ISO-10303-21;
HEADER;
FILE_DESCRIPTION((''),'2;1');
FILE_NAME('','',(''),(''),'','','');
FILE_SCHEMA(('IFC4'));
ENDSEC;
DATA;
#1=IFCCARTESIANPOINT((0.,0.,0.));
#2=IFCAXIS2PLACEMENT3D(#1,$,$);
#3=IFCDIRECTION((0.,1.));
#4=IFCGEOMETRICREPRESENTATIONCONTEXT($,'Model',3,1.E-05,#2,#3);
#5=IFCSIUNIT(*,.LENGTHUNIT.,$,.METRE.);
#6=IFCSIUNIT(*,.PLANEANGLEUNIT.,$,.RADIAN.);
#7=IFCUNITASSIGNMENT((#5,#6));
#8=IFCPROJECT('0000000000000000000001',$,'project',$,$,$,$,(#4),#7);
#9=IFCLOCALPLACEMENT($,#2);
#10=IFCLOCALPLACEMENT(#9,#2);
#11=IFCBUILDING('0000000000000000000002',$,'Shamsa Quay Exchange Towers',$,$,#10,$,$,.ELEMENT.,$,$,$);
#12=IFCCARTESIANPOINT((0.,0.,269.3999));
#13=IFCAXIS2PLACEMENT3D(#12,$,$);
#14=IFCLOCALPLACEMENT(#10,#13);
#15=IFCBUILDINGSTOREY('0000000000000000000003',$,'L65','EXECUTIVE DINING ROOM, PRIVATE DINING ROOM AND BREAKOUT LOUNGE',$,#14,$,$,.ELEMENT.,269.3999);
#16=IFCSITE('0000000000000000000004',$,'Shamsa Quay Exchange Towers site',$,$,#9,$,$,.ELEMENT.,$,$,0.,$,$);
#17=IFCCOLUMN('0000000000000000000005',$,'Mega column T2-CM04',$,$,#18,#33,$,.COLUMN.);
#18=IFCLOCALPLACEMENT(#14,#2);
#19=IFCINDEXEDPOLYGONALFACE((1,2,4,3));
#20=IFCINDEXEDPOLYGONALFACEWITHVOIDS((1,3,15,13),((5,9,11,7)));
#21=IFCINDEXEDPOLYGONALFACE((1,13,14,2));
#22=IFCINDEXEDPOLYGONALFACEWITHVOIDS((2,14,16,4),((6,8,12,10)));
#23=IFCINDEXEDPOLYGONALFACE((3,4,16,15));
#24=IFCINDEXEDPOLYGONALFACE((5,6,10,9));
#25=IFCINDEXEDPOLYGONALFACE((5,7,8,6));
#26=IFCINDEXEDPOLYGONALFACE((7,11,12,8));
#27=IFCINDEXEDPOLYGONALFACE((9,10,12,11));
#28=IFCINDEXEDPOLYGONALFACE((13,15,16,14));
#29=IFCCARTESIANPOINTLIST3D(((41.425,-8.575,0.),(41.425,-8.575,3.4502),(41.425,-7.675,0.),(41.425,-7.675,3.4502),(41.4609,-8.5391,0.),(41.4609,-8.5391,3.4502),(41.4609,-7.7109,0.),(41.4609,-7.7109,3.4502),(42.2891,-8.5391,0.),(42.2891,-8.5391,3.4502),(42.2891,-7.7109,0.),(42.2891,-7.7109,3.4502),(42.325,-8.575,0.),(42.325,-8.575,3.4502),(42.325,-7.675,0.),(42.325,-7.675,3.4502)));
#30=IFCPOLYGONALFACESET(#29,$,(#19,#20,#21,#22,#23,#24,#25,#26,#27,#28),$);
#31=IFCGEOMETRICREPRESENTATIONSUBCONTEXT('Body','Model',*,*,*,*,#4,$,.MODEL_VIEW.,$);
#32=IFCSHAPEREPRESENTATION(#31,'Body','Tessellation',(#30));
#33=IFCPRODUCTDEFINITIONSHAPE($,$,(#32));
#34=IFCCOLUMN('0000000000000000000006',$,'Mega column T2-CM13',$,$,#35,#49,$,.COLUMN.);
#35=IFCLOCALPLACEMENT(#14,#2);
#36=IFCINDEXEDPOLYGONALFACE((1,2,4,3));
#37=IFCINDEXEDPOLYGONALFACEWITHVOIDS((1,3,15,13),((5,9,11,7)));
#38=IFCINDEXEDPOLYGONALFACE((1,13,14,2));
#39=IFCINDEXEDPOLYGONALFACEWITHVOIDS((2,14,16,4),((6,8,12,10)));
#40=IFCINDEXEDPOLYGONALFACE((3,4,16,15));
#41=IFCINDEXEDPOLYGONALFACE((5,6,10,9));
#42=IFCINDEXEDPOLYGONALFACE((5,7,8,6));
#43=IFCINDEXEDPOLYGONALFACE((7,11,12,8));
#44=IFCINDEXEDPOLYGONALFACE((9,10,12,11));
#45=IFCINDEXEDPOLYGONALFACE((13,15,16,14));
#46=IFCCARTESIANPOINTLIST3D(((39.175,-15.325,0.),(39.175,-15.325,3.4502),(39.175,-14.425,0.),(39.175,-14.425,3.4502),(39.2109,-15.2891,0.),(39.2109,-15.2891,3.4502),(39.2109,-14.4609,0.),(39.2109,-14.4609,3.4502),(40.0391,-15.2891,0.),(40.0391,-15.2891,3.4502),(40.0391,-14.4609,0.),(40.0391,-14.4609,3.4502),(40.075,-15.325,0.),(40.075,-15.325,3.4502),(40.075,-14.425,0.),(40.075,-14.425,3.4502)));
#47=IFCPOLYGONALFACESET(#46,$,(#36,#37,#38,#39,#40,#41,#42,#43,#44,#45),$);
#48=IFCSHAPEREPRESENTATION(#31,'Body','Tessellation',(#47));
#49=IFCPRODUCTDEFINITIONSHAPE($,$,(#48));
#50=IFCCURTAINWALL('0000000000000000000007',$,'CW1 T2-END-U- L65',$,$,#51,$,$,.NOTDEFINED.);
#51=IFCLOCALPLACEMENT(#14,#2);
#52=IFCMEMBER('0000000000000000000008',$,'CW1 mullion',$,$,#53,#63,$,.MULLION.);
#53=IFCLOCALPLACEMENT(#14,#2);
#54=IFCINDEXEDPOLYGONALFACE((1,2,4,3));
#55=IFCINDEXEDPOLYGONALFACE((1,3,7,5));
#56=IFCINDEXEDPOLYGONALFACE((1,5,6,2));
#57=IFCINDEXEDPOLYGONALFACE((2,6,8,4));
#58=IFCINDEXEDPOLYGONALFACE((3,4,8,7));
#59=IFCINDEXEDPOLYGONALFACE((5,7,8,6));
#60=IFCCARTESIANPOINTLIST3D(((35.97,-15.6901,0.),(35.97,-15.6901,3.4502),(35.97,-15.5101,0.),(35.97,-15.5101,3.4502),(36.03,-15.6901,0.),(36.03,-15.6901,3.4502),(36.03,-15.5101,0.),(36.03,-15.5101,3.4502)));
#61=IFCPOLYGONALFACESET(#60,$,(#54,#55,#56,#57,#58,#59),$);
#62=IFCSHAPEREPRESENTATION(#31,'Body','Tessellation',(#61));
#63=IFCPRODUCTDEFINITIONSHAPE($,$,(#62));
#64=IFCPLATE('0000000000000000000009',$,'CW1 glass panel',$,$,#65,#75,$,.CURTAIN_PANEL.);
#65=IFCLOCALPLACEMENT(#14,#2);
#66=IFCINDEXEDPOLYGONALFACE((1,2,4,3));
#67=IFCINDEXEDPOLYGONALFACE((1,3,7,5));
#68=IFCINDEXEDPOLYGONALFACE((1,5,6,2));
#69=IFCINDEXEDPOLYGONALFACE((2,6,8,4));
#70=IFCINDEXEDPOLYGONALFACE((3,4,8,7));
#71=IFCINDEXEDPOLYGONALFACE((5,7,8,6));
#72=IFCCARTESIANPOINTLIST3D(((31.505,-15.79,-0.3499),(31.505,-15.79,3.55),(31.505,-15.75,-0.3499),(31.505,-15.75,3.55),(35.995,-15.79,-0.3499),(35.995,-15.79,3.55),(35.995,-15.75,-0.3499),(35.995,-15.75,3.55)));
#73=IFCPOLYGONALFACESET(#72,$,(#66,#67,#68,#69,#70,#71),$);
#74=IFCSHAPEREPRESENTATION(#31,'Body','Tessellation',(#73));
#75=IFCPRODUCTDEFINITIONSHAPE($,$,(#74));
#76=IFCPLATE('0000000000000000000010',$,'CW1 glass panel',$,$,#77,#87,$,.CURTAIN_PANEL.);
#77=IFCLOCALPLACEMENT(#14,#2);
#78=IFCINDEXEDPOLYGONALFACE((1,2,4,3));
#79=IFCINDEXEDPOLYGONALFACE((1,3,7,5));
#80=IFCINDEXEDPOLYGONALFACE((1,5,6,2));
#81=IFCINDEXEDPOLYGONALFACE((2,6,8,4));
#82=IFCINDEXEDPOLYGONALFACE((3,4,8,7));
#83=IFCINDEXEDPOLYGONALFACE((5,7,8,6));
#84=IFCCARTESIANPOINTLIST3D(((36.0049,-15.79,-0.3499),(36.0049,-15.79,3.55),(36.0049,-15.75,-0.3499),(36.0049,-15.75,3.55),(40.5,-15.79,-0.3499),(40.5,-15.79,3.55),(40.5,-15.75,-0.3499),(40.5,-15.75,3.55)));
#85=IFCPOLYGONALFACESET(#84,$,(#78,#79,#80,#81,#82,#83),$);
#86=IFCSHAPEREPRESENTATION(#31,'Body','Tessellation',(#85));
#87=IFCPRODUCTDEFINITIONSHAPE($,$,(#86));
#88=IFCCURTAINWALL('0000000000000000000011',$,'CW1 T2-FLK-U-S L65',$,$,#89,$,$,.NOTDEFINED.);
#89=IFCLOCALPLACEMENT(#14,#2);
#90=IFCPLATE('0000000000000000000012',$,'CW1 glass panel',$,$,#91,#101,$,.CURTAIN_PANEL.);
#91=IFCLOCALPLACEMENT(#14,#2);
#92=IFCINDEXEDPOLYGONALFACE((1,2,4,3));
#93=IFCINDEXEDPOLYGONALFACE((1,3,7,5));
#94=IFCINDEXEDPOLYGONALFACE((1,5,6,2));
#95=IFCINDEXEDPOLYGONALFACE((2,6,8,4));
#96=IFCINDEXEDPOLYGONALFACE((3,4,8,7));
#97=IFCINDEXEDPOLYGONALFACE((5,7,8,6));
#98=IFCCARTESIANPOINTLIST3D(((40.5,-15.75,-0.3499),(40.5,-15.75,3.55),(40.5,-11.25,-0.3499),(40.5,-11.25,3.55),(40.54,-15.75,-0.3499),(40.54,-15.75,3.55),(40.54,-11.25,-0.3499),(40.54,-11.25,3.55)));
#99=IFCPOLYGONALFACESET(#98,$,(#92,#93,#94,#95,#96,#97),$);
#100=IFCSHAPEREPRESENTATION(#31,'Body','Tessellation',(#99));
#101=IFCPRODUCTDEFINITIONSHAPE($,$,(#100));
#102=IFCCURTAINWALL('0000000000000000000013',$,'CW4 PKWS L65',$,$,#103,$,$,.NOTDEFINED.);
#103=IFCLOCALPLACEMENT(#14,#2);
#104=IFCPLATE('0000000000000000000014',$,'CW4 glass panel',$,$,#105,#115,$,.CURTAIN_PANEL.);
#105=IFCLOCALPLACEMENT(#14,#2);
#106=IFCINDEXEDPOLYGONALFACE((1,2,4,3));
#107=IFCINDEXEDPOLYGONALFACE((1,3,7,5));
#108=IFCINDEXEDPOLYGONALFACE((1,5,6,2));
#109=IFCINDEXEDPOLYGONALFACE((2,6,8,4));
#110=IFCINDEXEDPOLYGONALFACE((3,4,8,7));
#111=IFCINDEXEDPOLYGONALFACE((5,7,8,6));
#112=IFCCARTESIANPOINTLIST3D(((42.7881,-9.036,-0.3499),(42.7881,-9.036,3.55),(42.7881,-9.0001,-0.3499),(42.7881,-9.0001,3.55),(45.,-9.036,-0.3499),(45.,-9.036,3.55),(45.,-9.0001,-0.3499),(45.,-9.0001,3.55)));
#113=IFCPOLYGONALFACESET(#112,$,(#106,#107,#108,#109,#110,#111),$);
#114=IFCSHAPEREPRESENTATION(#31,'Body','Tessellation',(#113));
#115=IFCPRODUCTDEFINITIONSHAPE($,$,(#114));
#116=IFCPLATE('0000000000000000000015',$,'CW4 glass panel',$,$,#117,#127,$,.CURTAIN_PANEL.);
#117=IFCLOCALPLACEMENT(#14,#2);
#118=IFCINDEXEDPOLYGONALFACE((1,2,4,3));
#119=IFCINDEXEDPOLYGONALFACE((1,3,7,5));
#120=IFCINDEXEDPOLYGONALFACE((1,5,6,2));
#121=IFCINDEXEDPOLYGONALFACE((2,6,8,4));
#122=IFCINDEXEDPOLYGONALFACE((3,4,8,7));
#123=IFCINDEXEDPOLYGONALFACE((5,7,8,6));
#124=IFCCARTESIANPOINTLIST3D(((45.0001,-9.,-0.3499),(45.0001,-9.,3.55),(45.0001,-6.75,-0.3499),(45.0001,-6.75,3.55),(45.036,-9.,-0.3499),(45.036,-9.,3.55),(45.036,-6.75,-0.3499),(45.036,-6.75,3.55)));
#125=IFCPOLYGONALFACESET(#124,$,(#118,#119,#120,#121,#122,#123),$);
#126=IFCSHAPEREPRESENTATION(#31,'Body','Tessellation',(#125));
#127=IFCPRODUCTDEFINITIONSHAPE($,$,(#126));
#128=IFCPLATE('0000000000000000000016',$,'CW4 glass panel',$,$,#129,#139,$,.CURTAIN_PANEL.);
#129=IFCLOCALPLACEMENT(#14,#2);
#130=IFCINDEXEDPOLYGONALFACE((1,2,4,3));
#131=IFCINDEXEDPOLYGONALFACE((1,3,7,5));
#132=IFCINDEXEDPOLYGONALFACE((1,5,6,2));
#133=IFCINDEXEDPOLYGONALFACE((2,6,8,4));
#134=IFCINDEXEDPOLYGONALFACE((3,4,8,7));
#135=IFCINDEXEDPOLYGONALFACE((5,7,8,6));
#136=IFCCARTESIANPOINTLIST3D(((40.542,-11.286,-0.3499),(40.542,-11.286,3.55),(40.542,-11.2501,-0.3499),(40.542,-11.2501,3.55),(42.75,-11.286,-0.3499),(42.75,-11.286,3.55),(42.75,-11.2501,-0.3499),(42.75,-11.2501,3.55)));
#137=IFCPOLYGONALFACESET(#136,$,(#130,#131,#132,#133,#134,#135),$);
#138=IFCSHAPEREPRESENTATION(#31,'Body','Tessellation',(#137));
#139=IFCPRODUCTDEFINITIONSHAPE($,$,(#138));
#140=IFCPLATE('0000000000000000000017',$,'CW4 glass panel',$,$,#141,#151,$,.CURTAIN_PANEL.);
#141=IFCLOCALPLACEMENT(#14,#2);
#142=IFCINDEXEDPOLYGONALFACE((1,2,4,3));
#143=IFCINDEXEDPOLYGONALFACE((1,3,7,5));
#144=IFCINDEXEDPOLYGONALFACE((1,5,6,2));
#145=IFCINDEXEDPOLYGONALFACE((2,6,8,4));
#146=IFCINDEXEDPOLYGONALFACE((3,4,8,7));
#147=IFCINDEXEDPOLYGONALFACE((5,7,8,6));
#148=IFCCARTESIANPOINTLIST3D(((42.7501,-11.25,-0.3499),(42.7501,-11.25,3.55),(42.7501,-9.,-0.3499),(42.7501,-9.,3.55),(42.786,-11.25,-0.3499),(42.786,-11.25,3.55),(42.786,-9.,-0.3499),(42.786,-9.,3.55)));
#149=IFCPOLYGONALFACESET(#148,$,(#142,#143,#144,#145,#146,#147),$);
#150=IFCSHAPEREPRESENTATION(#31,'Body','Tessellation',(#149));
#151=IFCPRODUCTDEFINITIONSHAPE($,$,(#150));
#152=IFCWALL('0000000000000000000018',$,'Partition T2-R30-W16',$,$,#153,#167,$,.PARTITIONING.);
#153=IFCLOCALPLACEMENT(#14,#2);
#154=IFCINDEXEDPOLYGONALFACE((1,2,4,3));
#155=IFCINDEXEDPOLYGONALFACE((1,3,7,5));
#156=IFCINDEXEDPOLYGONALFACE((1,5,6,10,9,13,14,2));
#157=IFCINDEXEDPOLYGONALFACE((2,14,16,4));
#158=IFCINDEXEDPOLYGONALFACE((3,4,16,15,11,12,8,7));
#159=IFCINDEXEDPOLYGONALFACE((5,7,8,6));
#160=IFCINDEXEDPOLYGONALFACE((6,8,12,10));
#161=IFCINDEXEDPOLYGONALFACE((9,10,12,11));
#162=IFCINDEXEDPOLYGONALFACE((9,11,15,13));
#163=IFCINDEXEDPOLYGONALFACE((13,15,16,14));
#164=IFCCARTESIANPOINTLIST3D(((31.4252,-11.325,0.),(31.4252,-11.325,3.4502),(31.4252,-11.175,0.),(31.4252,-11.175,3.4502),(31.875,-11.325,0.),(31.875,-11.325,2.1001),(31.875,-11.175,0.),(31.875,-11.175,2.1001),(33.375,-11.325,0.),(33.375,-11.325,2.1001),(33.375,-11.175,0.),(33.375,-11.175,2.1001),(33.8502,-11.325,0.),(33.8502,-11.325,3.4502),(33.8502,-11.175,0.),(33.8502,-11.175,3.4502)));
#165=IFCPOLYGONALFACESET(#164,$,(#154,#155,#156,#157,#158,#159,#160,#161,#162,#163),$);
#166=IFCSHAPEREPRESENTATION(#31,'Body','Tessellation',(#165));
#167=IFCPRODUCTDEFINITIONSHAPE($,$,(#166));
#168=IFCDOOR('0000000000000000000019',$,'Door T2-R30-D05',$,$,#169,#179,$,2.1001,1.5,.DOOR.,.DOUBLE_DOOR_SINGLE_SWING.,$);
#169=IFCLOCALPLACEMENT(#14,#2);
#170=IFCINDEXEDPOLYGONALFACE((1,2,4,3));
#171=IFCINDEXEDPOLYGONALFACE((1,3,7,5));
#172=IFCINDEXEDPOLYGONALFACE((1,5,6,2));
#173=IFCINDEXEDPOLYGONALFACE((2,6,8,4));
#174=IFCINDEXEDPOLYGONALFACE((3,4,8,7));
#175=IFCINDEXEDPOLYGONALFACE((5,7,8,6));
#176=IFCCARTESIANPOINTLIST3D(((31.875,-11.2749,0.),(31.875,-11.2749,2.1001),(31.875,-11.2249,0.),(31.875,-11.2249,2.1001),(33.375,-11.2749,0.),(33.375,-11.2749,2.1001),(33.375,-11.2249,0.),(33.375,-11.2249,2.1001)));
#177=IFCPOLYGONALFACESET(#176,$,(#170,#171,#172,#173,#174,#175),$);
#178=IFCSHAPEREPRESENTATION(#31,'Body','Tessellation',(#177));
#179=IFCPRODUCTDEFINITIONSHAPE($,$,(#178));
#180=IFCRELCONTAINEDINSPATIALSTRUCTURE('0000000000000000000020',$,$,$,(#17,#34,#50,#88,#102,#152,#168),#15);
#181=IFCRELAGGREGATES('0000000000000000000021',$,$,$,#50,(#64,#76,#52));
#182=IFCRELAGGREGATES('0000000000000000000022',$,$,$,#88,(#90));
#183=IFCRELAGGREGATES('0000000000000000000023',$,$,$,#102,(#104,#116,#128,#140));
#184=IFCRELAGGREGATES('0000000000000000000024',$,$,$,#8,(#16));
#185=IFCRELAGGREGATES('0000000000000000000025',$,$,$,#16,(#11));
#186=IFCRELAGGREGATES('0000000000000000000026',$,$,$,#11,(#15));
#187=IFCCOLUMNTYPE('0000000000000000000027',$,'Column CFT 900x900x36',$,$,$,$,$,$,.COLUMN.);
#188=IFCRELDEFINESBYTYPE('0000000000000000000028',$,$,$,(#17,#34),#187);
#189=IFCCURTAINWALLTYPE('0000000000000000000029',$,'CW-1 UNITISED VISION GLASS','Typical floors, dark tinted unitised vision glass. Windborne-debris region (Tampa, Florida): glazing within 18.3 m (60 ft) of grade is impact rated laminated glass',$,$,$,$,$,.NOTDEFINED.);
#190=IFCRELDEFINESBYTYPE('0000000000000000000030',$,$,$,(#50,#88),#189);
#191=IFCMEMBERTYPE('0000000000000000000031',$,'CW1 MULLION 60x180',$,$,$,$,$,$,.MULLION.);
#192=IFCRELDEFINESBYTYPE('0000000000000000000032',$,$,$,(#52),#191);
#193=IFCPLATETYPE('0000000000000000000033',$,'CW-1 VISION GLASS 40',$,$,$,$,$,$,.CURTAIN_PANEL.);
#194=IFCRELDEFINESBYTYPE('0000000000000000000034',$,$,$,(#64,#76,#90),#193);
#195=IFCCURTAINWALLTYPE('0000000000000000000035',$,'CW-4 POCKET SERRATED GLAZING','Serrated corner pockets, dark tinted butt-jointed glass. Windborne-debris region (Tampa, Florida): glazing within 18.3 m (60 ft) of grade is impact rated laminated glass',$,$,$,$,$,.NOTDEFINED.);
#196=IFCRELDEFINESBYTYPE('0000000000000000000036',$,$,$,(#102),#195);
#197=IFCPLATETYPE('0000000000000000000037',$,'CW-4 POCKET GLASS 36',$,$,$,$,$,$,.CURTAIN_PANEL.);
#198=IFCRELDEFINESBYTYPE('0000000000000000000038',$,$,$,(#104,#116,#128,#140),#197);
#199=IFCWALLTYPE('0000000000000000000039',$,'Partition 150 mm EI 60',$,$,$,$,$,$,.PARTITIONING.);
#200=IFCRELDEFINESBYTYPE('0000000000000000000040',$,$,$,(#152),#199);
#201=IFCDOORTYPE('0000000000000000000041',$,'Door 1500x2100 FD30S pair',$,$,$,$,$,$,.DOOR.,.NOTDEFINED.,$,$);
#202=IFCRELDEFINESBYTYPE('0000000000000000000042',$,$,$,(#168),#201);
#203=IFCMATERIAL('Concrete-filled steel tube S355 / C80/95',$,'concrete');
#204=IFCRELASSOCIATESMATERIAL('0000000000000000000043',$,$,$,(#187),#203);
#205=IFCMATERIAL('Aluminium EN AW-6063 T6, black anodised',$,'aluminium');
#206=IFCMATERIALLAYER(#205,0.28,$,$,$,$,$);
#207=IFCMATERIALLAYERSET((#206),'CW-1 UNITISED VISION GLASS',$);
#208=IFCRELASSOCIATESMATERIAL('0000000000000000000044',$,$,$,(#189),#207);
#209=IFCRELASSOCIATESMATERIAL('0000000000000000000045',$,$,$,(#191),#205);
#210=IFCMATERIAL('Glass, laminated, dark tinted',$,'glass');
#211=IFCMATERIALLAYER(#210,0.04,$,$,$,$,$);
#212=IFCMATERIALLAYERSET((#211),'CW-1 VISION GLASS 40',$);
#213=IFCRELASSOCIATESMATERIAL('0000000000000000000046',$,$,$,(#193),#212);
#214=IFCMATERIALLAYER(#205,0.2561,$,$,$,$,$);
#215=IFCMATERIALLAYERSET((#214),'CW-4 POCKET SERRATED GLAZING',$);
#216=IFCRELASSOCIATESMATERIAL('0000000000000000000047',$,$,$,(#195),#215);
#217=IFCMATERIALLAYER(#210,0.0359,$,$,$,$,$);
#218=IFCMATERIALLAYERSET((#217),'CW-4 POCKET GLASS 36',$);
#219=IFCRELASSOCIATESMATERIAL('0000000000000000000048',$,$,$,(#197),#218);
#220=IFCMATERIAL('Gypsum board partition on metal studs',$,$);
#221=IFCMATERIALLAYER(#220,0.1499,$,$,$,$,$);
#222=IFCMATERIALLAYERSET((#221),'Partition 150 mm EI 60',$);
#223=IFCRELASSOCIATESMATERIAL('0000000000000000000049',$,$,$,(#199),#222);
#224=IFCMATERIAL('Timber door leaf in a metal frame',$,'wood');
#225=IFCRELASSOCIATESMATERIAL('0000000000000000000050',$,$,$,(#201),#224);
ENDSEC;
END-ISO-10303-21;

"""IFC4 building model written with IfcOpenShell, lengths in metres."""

from ifc_helpers import new_model, si_unit, direction, frame, frame_2d, origin, origin_2d, place, context, subcontext, project, spatial, rectangle, hollow_rectangle, extrude, material, layer, layer_set, material_profile, profile_set, type_object, element, fill, aggregate, save


model = new_model("IFC4")

# Units and contexts
model_context = context("Model", 3, precision=1e-05, world=origin(), true_north=direction((0.0, 1.0)))
body_context = subcontext(model_context, "Body", "Model", "MODEL_VIEW")
ifc_project = project(units=[si_unit("LENGTHUNIT", "METRE"), si_unit("PLANEANGLEUNIT", "RADIAN")], contexts=[model_context])

# Site, building, storey
site_placement = place(None, origin())
site = spatial("IfcSite", under=ifc_project, at=site_placement, Name="Shamsa Quay Exchange Towers site", CompositionType="ELEMENT", RefElevation=0.0)
building_placement = place(site_placement, origin())
building = spatial("IfcBuilding", under=site, at=building_placement, Name="Shamsa Quay Exchange Towers", CompositionType="ELEMENT")
storey_placement = place(building_placement, frame((0.0, 0.0, 269.3999)))
storey = spatial("IfcBuildingStorey", under=building, at=storey_placement, Name="L65", Description="EXECUTIVE DINING ROOM, PRIVATE DINING ROOM AND BREAKOUT LOUNGE", CompositionType="ELEMENT", Elevation=269.3999)

# Columns
ifc_material_1 = material(Name="Concrete-filled steel tube S355 / C80/95", Category="concrete")
ifc_material_profile_1 = material_profile(ifc_material_1, hollow_rectangle(XDim=0.8999, YDim=0.8999, WallThickness=0.0359, at=origin_2d()), Name="CFT 900x900x36")
ifc_profile_set_1 = profile_set([ifc_material_profile_1], Name="Concrete-filled steel tube S355 / C80/95")
column_type = type_object("IfcColumnType", Name="Column CFT 900x900x36", PredefinedType="COLUMN", material=ifc_profile_set_1)
for number, where, name in (
    (1, (41.875, -8.125, 0.0), "Mega column T2-CM04"),
    (2, (39.625, -14.875, 0.0), "Mega column T2-CM13"),
):
    element("IfcColumn", number, at=place(storey_placement, frame(where)), inside=storey, type_object=column_type, Name=name, PredefinedType="COLUMN", context=body_context, shape_type="SweptSolid", body=[
        extrude(hollow_rectangle(XDim=0.8999, YDim=0.8999, WallThickness=0.0359, at=origin_2d()), origin(), (0.0, 0.0, 1.0), 3.4502),
    ])

# Curtain wall, member, plates
ifc_material_2 = material(Name="Aluminium EN AW-6063 T6, black anodised", Category="aluminium")
ifc_layer_1 = layer(ifc_material_2, 0.28)
ifc_layer_set_1 = layer_set([ifc_layer_1], Name="CW-1 UNITISED VISION GLASS")
curtain_wall_type_1 = type_object("IfcCurtainWallType", Name="CW-1 UNITISED VISION GLASS", Description="Typical floors, dark tinted unitised vision glass. Windborne-debris region (Tampa, Florida): glazing within 18.3 m (60 ft) of grade is impact rated laminated glass", PredefinedType="NOTDEFINED", material=ifc_layer_set_1)
curtain_wall_1_placement = place(storey_placement, origin())
curtain_wall_1 = element("IfcCurtainWall", 3, at=curtain_wall_1_placement, inside=storey, type_object=curtain_wall_type_1, Name="CW1 T2-END-U- L65", PredefinedType="NOTDEFINED")
ifc_material_profile_2 = material_profile(ifc_material_2, rectangle(XDim=0.1799, YDim=0.0601, at=origin_2d()), Name="MU60x180")
ifc_profile_set_2 = profile_set([ifc_material_profile_2], Name="Aluminium EN AW-6063 T6, black anodised")
member_type = type_object("IfcMemberType", Name="CW1 MULLION 60x180", PredefinedType="MULLION", material=ifc_profile_set_2)
member_placement = place(storey_placement, frame((36.0, -15.6001, 0.0), z_axis=(0.0, 0.0, 1.0), x_axis=(0.0, 1.0, 0.0)))
member = element("IfcMember", 4, at=member_placement, type_object=member_type, Name="CW1 mullion", PredefinedType="MULLION", context=body_context, shape_type="SweptSolid", body=[
    extrude(rectangle(XDim=0.1799, YDim=0.0601, at=origin_2d()), origin(), (0.0, 0.0, 1.0), 3.4502),
])
ifc_material_3 = material(Name="Glass, laminated, dark tinted", Category="glass")
ifc_layer_2 = layer(ifc_material_3, 0.04)
ifc_layer_set_2 = layer_set([ifc_layer_2], Name="CW-1 VISION GLASS 40")
plate_type_1 = type_object("IfcPlateType", Name="CW-1 VISION GLASS 40", PredefinedType="CURTAIN_PANEL", material=ifc_layer_set_2)
plate_1_placement = place(storey_placement, frame((33.75, -15.77, -0.3499)))
plate_1 = element("IfcPlate", 5, at=plate_1_placement, type_object=plate_type_1, Name="CW1 glass panel", PredefinedType="CURTAIN_PANEL", context=body_context, shape_type="SweptSolid", body=[
    extrude(rectangle(XDim=4.49, YDim=0.04, at=origin_2d()), origin(), (0.0, 0.0, 1.0), 3.8999),
])
plate_2_placement = place(storey_placement, frame((38.2524, -15.77, -0.3499)))
plate_2 = element("IfcPlate", 6, at=plate_2_placement, type_object=plate_type_1, Name="CW1 glass panel", PredefinedType="CURTAIN_PANEL", context=body_context, shape_type="SweptSolid", body=[
    extrude(rectangle(XDim=4.4951, YDim=0.04, at=origin_2d()), origin(), (0.0, 0.0, 1.0), 3.8999),
])
aggregate(curtain_wall_1, [plate_1, plate_2, member])

# Curtain wall, plate
curtain_wall_2_placement = place(storey_placement, origin())
curtain_wall_2 = element("IfcCurtainWall", 7, at=curtain_wall_2_placement, inside=storey, type_object=curtain_wall_type_1, Name="CW1 T2-FLK-U-S L65", PredefinedType="NOTDEFINED")
plate_3_placement = place(storey_placement, frame((40.52, -13.5, -0.3499), z_axis=(0.0, 0.0, 1.0), x_axis=(0.0, 1.0, 0.0)))
plate_3 = element("IfcPlate", 8, at=plate_3_placement, type_object=plate_type_1, Name="CW1 glass panel", PredefinedType="CURTAIN_PANEL", context=body_context, shape_type="SweptSolid", body=[
    extrude(rectangle(XDim=4.5, YDim=0.04, at=origin_2d()), origin(), (0.0, 0.0, 1.0), 3.8999),
])
aggregate(curtain_wall_2, [plate_3])

# Curtain wall, plates
ifc_layer_3 = layer(ifc_material_2, 0.2561)
ifc_layer_set_3 = layer_set([ifc_layer_3], Name="CW-4 POCKET SERRATED GLAZING")
curtain_wall_type_2 = type_object("IfcCurtainWallType", Name="CW-4 POCKET SERRATED GLAZING", Description="Serrated corner pockets, dark tinted butt-jointed glass. Windborne-debris region (Tampa, Florida): glazing within 18.3 m (60 ft) of grade is impact rated laminated glass", PredefinedType="NOTDEFINED", material=ifc_layer_set_3)
curtain_wall_3_placement = place(storey_placement, origin())
curtain_wall_3 = element("IfcCurtainWall", 9, at=curtain_wall_3_placement, inside=storey, type_object=curtain_wall_type_2, Name="CW4 PKWS L65", PredefinedType="NOTDEFINED")
ifc_layer_4 = layer(ifc_material_3, 0.0359)
ifc_layer_set_4 = layer_set([ifc_layer_4], Name="CW-4 POCKET GLASS 36")
plate_type_2 = type_object("IfcPlateType", Name="CW-4 POCKET GLASS 36", PredefinedType="CURTAIN_PANEL", material=ifc_layer_set_4)
plate_4_placement = place(storey_placement, frame((43.894, -9.0181, -0.3499)))
plate_4 = element("IfcPlate", 10, at=plate_4_placement, type_object=plate_type_2, Name="CW4 glass panel", PredefinedType="CURTAIN_PANEL", context=body_context, shape_type="SweptSolid", body=[
    extrude(rectangle(XDim=2.2119, YDim=0.0359, at=origin_2d()), origin(), (0.0, 0.0, 1.0), 3.8999),
])
plate_5_placement = place(storey_placement, frame((45.0181, -7.875, -0.3499), z_axis=(0.0, 0.0, 1.0), x_axis=(0.0, 1.0, 0.0)))
plate_5 = element("IfcPlate", 11, at=plate_5_placement, type_object=plate_type_2, Name="CW4 glass panel", PredefinedType="CURTAIN_PANEL", context=body_context, shape_type="SweptSolid", body=[
    extrude(rectangle(XDim=2.25, YDim=0.0359, at=origin_2d()), origin(), (0.0, 0.0, 1.0), 3.8999),
])
plate_6_placement = place(storey_placement, frame((41.646, -11.2681, -0.3499)))
plate_6 = element("IfcPlate", 12, at=plate_6_placement, type_object=plate_type_2, Name="CW4 glass panel", PredefinedType="CURTAIN_PANEL", context=body_context, shape_type="SweptSolid", body=[
    extrude(rectangle(XDim=2.208, YDim=0.0359, at=origin_2d()), origin(), (0.0, 0.0, 1.0), 3.8999),
])
plate_7_placement = place(storey_placement, frame((42.7681, -10.125, -0.3499), z_axis=(0.0, 0.0, 1.0), x_axis=(0.0, 1.0, 0.0)))
plate_7 = element("IfcPlate", 13, at=plate_7_placement, type_object=plate_type_2, Name="CW4 glass panel", PredefinedType="CURTAIN_PANEL", context=body_context, shape_type="SweptSolid", body=[
    extrude(rectangle(XDim=2.25, YDim=0.0359, at=origin_2d()), origin(), (0.0, 0.0, 1.0), 3.8999),
])
aggregate(curtain_wall_3, [plate_4, plate_5, plate_6, plate_7])

# Wall, opening, door
ifc_material_4 = material(Name="Gypsum board partition on metal studs")
ifc_layer_5 = layer(ifc_material_4, 0.1499)
ifc_layer_set_5 = layer_set([ifc_layer_5], Name="Partition 150 mm EI 60")
wall_type_1 = type_object("IfcWallType", Name="Partition 150 mm EI 60", PredefinedType="PARTITIONING", material=ifc_layer_set_5)
wall_1_placement = place(storey_placement, frame((33.8501, -11.25, 0.0), z_axis=(0.0, 0.0, 1.0), x_axis=(-1.0, 0.0, 0.0)))
wall_1 = element("IfcWall", 14, at=wall_1_placement, inside=storey, type_object=wall_type_1, Name="Partition T2-R30-W16", PredefinedType="PARTITIONING", context=body_context, shape_type="SweptSolid", body=[
    extrude(rectangle(XDim=2.425, YDim=0.1499, at=frame_2d((1.2124, 0.0))), origin(), (0.0, 0.0, 1.0), 3.4502),
])
opening_1_placement = place(wall_1_placement, frame((0.4751, 0.0, 0.0)))
opening_1 = element("IfcOpeningElement", 15, at=opening_1_placement, cuts=wall_1, PredefinedType="OPENING", context=body_context, shape_type="SweptSolid", body=[
    extrude(rectangle(XDim=1.5, YDim=2.1001, at=frame_2d((0.75, 1.05))), frame((0.0, 0.085, 0.0), z_axis=(0.0, -1.0, 0.0), x_axis=(1.0, 0.0, 0.0)), (0.0, 0.0, 1.0), 0.1699),
])
ifc_material_5 = material(Name="Timber door leaf in a metal frame", Category="wood")
door_type_1 = type_object("IfcDoorType", Name="Door 1500x2100 FD30S pair", OperationType="NOTDEFINED", PredefinedType="DOOR", material=ifc_material_5)
door_1_placement = place(opening_1_placement, origin())
door_1 = element("IfcDoor", 16, at=door_1_placement, inside=storey, type_object=door_type_1, Name="Door T2-R30-D05", OperationType="DOUBLE_DOOR_SINGLE_SWING", OverallHeight=2.1001, OverallWidth=1.5, PredefinedType="DOOR", context=body_context, shape_type="SweptSolid", body=[
    extrude(rectangle(XDim=1.5, YDim=2.1001, at=frame_2d((0.75, 1.05))), frame((0.0, 0.0249, 0.0), z_axis=(0.0, -1.0, 0.0), x_axis=(1.0, 0.0, 0.0)), (0.0, 0.0, 1.0), 0.05),
])
fill(opening_1, door_1)

save(model, "model.ifc")
